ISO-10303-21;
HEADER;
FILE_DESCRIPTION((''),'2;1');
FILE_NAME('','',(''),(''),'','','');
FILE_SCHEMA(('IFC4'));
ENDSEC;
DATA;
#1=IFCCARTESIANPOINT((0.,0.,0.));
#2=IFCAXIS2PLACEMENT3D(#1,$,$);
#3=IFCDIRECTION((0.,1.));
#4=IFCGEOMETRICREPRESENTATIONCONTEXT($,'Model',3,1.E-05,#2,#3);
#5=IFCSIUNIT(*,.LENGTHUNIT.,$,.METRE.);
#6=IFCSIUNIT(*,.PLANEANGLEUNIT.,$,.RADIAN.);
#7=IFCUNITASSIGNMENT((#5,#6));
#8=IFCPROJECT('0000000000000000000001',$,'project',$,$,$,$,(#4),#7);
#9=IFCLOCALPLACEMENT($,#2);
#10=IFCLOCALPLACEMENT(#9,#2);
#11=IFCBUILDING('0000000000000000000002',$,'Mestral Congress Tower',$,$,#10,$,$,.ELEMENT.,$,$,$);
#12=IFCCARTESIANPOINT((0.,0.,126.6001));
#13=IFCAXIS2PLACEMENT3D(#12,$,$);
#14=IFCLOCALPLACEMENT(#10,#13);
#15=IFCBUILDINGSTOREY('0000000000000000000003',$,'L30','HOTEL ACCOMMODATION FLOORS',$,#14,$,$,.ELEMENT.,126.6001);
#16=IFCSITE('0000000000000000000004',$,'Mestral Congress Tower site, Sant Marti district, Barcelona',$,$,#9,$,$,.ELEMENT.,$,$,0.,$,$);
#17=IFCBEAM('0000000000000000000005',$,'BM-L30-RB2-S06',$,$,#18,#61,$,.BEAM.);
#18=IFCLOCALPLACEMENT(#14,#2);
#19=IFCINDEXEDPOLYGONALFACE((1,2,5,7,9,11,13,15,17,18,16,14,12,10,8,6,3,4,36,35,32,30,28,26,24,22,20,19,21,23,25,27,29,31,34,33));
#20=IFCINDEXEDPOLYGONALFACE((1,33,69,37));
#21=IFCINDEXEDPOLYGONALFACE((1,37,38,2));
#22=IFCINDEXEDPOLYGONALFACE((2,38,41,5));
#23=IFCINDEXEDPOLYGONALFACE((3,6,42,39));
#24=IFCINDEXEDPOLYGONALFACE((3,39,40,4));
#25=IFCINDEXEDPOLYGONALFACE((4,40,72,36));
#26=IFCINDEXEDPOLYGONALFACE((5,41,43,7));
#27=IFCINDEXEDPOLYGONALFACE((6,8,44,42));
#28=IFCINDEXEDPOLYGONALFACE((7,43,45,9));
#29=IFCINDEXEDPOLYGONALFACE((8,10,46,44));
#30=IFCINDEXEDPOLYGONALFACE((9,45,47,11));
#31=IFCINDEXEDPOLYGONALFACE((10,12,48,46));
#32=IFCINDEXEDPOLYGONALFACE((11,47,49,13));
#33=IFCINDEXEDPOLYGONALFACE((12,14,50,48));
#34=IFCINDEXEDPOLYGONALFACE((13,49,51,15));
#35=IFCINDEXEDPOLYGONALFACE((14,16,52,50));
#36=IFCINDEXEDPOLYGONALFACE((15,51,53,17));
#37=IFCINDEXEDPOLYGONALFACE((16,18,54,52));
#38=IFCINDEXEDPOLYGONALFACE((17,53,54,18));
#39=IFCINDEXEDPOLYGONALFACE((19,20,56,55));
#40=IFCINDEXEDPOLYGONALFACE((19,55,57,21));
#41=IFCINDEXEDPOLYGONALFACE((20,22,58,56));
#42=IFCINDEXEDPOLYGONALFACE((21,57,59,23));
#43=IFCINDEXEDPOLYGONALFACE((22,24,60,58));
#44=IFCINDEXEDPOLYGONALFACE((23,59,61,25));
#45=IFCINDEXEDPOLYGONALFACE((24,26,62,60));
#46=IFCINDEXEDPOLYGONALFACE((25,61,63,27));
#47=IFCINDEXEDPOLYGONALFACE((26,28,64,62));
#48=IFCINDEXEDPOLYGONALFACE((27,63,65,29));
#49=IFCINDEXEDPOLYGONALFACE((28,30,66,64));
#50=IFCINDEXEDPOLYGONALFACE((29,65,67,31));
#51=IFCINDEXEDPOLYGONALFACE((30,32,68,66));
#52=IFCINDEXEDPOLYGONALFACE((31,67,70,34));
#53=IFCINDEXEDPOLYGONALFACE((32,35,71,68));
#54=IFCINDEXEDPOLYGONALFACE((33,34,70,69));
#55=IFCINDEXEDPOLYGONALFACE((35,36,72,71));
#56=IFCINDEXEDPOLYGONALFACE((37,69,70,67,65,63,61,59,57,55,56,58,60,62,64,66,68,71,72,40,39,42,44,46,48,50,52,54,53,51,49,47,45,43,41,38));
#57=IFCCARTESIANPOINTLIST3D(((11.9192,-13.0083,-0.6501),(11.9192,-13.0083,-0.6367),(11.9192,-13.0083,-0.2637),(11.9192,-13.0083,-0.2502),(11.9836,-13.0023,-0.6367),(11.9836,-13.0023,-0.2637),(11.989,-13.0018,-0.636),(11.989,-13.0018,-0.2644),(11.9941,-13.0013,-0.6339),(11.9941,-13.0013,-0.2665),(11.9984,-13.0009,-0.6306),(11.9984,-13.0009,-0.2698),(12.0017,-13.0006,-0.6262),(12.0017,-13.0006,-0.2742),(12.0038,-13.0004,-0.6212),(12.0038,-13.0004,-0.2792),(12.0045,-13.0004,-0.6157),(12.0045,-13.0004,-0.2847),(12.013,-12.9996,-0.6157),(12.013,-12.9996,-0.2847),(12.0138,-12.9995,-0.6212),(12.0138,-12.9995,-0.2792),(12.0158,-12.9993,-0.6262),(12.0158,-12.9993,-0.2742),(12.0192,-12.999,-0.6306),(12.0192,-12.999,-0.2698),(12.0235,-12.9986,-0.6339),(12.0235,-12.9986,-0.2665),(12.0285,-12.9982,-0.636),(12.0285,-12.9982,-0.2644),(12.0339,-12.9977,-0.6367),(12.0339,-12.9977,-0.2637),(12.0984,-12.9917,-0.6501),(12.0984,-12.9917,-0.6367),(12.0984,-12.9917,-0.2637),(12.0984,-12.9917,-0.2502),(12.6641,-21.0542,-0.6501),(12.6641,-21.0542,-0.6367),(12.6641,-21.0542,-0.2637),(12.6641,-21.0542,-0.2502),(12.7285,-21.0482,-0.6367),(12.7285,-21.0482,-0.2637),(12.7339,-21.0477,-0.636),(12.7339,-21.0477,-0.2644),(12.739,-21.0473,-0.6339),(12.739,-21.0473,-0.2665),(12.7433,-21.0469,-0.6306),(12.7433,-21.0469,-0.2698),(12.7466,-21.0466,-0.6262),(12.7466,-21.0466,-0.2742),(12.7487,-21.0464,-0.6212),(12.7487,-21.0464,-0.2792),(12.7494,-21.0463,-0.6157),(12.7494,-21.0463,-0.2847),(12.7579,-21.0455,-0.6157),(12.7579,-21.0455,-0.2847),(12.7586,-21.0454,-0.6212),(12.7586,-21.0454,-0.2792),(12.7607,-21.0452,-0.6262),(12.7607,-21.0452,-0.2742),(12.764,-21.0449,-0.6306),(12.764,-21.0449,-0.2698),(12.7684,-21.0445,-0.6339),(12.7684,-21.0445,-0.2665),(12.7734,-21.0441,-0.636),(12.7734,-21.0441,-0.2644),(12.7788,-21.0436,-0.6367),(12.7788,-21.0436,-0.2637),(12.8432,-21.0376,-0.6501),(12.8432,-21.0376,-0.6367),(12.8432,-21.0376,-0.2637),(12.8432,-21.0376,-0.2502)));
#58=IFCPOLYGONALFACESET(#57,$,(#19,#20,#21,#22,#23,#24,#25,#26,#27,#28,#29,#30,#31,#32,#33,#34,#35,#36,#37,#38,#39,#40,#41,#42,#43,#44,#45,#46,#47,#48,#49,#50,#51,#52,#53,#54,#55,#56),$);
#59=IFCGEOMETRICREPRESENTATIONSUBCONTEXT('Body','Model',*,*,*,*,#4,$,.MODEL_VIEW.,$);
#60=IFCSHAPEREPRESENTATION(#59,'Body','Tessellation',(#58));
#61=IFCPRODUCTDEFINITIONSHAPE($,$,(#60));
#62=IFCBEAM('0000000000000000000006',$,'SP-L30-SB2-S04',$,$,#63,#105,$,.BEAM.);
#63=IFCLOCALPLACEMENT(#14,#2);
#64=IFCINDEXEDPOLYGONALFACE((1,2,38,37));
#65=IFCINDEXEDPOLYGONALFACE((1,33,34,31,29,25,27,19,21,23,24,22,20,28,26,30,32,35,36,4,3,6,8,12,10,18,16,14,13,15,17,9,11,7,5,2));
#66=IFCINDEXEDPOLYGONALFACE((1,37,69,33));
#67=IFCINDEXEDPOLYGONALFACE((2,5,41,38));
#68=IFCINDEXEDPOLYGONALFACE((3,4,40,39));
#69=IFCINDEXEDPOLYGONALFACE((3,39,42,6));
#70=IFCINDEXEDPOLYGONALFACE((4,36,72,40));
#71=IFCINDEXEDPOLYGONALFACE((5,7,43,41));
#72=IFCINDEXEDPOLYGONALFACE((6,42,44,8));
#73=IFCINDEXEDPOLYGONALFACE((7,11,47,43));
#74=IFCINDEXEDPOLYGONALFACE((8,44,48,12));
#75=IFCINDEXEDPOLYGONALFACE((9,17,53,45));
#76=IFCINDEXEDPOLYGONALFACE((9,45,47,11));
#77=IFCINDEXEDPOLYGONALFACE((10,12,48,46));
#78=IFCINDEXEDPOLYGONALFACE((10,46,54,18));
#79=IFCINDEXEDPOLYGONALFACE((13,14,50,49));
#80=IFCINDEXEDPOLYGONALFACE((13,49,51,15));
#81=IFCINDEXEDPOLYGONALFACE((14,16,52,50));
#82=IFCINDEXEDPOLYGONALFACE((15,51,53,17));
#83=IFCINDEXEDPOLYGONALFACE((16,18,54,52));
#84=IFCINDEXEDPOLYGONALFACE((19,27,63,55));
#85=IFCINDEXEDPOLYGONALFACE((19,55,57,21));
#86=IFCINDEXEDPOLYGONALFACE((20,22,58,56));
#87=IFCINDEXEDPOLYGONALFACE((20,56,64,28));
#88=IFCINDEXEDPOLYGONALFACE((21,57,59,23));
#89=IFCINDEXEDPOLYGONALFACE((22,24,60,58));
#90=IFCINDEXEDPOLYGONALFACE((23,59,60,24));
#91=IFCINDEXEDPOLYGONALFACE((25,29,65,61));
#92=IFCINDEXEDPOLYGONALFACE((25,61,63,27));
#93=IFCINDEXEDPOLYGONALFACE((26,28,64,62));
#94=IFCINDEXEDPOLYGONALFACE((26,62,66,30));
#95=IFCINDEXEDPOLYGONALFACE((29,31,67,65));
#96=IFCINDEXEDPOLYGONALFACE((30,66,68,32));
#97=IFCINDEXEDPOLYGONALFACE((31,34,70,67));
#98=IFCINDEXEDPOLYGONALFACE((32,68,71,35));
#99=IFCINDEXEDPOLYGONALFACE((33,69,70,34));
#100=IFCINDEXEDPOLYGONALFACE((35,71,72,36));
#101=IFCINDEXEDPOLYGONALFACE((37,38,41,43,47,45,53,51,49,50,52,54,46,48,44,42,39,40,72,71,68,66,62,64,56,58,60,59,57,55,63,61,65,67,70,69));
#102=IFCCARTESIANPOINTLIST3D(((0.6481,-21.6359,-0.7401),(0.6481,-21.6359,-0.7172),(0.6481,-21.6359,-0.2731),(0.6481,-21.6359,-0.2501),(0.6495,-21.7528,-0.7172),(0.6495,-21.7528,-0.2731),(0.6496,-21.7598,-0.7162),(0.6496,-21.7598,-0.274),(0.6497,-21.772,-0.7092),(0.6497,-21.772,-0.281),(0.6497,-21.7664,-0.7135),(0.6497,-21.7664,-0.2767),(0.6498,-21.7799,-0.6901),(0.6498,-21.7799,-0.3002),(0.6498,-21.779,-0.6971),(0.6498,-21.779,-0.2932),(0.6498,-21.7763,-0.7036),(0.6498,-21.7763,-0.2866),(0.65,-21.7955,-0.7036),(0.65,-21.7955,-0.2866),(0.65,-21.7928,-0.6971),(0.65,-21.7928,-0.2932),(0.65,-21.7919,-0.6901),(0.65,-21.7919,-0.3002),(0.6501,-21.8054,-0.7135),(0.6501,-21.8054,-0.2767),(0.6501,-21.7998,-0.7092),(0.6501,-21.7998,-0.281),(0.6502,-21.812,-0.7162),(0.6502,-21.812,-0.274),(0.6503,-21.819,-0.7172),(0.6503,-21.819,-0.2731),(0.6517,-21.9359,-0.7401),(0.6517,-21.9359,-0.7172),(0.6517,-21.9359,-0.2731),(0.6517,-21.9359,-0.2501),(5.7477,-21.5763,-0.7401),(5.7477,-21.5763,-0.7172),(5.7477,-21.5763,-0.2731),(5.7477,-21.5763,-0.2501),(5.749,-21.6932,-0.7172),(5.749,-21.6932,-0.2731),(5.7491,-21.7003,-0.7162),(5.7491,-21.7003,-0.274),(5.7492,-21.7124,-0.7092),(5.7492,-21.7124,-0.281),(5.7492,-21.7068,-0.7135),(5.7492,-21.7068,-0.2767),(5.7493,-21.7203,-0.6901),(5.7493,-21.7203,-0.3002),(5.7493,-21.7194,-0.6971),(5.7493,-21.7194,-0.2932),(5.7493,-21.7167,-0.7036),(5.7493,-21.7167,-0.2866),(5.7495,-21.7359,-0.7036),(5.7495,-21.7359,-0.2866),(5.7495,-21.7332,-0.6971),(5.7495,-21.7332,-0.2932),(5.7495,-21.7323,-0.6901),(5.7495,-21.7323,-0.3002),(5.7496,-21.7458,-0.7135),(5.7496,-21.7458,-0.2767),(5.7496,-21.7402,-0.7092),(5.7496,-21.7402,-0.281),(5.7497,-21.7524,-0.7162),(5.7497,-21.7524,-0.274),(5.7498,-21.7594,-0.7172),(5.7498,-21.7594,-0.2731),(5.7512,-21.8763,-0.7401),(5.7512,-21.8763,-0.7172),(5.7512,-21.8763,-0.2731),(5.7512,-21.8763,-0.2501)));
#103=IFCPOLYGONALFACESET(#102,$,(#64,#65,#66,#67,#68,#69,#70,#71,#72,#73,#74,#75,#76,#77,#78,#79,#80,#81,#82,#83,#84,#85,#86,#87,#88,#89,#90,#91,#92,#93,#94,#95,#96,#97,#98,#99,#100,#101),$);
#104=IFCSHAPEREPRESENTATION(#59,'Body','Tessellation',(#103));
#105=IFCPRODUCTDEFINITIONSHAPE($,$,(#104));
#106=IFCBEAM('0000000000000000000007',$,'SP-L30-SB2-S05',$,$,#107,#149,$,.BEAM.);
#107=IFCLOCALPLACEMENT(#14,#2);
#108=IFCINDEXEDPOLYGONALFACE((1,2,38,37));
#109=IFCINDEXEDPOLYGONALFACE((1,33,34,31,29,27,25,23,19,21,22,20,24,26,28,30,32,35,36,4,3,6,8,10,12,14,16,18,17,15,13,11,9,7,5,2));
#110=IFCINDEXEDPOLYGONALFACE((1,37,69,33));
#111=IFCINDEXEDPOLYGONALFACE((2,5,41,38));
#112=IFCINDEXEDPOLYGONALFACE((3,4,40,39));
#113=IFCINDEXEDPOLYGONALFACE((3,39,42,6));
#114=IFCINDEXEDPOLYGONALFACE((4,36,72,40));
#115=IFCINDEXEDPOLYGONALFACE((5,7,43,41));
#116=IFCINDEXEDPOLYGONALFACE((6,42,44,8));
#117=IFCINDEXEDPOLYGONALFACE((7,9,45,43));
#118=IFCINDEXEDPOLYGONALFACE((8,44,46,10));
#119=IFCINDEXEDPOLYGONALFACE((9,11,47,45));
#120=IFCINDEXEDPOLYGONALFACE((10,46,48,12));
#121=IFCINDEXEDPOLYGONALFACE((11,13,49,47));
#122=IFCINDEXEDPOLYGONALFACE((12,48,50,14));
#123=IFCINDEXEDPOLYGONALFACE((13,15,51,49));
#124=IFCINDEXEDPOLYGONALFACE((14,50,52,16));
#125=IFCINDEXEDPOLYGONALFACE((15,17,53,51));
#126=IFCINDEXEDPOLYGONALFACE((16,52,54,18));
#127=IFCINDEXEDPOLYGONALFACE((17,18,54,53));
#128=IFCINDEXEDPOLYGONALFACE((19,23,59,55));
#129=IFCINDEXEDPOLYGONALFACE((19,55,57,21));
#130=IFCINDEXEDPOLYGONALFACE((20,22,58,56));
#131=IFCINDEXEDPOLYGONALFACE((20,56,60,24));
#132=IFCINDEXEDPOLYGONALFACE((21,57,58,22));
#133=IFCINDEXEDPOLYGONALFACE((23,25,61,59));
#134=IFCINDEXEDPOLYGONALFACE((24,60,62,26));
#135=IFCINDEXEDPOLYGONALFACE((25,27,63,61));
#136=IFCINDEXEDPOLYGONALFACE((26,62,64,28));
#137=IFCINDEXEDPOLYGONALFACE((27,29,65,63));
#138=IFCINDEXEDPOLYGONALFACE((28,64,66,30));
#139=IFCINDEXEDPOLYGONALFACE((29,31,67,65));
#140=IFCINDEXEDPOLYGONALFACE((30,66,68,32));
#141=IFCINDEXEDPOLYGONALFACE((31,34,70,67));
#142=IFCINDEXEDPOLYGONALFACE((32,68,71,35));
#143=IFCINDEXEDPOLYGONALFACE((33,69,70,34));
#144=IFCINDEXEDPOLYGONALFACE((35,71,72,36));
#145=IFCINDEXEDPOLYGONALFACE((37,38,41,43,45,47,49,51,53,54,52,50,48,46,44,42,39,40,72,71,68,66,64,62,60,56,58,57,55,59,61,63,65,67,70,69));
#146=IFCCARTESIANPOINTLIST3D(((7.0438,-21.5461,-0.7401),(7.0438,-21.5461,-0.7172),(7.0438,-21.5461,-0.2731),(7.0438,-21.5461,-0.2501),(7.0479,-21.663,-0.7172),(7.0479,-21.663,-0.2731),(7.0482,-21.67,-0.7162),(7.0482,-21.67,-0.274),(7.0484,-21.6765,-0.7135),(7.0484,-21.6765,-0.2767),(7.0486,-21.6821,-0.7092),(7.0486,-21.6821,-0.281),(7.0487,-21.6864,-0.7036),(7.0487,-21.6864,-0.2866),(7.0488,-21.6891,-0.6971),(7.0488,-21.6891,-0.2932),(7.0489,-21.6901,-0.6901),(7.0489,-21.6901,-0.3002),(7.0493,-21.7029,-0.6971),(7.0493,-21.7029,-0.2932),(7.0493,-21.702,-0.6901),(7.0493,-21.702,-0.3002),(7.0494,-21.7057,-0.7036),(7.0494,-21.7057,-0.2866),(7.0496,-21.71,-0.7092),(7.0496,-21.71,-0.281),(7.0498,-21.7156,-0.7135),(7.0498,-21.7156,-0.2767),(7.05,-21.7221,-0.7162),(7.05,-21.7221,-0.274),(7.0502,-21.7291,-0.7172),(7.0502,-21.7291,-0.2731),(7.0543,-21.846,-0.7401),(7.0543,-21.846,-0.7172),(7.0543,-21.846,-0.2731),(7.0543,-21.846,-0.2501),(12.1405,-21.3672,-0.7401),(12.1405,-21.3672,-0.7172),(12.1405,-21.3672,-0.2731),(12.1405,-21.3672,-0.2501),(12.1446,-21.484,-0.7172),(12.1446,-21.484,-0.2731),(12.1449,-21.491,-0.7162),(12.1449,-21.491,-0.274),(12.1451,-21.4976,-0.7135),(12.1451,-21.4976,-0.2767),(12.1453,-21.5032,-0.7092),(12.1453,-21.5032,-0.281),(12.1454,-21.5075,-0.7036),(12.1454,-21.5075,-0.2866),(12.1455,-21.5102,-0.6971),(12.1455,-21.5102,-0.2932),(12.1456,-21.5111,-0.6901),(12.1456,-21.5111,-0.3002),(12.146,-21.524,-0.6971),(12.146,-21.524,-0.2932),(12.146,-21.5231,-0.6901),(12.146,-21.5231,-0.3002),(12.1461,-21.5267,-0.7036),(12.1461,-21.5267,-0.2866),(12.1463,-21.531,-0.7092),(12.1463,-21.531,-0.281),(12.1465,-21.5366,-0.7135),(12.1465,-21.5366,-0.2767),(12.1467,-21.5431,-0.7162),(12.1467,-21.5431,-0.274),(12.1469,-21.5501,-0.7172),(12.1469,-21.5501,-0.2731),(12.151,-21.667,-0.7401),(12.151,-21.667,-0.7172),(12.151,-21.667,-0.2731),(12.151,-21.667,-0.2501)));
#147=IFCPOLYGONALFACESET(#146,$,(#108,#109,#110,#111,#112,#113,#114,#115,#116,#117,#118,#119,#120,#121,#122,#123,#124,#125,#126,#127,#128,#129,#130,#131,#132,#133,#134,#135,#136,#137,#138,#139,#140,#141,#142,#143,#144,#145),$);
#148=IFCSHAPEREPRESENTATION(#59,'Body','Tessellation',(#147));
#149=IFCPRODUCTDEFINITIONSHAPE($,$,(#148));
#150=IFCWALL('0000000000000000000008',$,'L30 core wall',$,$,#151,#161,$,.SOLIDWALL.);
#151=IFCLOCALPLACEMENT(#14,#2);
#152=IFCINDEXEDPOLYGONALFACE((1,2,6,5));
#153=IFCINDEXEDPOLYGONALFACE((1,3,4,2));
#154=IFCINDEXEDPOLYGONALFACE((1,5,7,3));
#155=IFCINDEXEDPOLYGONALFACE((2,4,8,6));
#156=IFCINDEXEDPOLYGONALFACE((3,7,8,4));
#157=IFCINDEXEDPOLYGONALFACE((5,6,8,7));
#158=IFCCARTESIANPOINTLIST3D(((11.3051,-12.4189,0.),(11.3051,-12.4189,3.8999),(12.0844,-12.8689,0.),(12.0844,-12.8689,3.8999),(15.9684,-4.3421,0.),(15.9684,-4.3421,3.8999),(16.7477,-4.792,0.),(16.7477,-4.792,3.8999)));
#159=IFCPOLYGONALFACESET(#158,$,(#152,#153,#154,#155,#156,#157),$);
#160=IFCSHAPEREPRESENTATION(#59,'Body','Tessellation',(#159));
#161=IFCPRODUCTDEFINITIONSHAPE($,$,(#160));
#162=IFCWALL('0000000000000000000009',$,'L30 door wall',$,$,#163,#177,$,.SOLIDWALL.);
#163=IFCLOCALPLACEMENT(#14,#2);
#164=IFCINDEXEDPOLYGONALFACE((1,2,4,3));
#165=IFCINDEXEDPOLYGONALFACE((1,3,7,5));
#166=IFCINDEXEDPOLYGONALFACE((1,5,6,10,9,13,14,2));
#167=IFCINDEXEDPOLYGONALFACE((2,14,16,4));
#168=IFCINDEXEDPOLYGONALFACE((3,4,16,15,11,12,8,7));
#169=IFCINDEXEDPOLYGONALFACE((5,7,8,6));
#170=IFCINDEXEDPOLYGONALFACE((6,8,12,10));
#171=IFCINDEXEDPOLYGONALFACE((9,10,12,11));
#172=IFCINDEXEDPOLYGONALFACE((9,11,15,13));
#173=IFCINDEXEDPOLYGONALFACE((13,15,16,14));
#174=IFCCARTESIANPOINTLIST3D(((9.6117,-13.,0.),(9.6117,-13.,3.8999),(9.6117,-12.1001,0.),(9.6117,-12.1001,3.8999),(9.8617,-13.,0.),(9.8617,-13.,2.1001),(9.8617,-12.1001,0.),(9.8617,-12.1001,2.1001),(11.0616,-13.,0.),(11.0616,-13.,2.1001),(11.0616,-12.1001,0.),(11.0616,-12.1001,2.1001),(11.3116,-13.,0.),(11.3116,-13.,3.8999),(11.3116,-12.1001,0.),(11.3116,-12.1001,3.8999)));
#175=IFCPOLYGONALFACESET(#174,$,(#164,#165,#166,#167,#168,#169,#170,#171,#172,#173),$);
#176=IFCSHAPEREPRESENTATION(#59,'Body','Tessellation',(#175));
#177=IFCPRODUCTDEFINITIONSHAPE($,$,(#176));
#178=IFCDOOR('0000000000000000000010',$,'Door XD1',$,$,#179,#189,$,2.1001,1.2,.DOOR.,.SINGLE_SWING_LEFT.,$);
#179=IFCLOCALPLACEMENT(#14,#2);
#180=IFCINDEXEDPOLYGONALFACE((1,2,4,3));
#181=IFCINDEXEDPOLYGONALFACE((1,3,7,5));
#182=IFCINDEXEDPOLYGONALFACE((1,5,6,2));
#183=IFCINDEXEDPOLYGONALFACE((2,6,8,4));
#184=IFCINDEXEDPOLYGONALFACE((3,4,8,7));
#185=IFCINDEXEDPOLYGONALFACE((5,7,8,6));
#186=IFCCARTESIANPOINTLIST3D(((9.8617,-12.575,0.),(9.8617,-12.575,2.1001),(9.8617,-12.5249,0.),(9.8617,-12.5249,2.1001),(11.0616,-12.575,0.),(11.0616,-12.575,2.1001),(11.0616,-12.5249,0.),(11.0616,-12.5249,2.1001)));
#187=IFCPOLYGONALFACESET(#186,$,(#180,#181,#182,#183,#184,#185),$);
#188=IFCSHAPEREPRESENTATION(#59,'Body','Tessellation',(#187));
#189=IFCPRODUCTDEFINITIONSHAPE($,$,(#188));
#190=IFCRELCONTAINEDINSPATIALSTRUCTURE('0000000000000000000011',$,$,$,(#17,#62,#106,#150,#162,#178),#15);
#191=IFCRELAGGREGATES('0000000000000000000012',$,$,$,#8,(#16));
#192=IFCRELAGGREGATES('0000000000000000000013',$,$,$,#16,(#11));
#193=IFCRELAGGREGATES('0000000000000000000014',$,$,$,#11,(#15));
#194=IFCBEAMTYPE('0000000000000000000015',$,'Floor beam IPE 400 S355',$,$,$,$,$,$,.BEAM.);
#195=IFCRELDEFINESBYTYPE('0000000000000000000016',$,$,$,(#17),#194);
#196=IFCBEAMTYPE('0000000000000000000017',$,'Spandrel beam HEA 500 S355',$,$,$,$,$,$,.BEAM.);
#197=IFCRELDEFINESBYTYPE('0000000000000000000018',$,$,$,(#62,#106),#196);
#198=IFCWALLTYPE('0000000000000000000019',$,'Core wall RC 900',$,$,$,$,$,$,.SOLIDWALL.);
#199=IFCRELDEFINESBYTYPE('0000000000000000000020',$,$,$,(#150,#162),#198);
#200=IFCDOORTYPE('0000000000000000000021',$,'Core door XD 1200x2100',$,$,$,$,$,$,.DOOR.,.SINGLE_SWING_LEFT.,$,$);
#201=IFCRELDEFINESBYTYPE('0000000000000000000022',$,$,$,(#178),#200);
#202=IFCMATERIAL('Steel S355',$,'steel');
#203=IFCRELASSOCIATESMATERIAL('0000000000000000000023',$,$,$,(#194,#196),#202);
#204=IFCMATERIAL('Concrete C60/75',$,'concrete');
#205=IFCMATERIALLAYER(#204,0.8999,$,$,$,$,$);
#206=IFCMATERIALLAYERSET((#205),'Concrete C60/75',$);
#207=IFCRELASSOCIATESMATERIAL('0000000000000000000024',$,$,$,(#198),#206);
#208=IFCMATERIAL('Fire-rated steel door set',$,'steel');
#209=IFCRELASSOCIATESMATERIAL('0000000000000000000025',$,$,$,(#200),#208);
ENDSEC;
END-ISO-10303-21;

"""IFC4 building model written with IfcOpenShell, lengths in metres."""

from ifc_helpers import new_model, si_unit, direction, frame, frame_2d, origin, origin_2d, place, context, subcontext, project, spatial, rectangle, i_section, extrude, material, layer, layer_set, material_profile, profile_set, type_object, element, fill, save


model = new_model("IFC4")

# Units and contexts
model_context = context("Model", 3, precision=1e-05, world=origin(), true_north=direction((0.0, 1.0)))
body_context = subcontext(model_context, "Body", "Model", "MODEL_VIEW")
ifc_project = project(units=[si_unit("LENGTHUNIT", "METRE"), si_unit("PLANEANGLEUNIT", "RADIAN")], contexts=[model_context])

# Site, building, storey
site_placement = place(None, origin())
site = spatial("IfcSite", under=ifc_project, at=site_placement, Name="Mestral Congress Tower site, Sant Marti district, Barcelona", CompositionType="ELEMENT", RefElevation=0.0)
building_placement = place(site_placement, origin())
building = spatial("IfcBuilding", under=site, at=building_placement, Name="Mestral Congress Tower", CompositionType="ELEMENT")
storey_placement = place(building_placement, frame((0.0, 0.0, 126.6001)))
storey = spatial("IfcBuildingStorey", under=building, at=storey_placement, Name="L30", Description="HOTEL ACCOMMODATION FLOORS", CompositionType="ELEMENT", Elevation=126.6001)

# Beams
ifc_material_1 = material(Name="Steel S355", Category="steel")
ifc_material_profile_1 = material_profile(ifc_material_1, i_section(OverallWidth=0.1799, OverallDepth=0.3999, WebThickness=0.0085, FlangeThickness=0.0134, FilletRadius=0.021, at=origin_2d()), Name="IPE 400")
ifc_profile_set_1 = profile_set([ifc_material_profile_1], Name="Steel S355")
beam_type_1 = type_object("IfcBeamType", Name="Floor beam IPE 400 S355", PredefinedType="BEAM", material=ifc_profile_set_1)
beam_1_placement = place(storey_placement, frame((12.7537, -21.0459, -0.4502), z_axis=(-0.092184, 0.995742, 0.0), x_axis=(-0.995742, -0.092184, 0.0)))
element("IfcBeam", 1, at=beam_1_placement, inside=storey, type_object=beam_type_1, Name="BM-L30-RB2-S06", PredefinedType="BEAM", context=body_context, shape_type="SweptSolid", body=[
    extrude(i_section(OverallWidth=0.1799, OverallDepth=0.3999, WebThickness=0.0085, FlangeThickness=0.0134, FilletRadius=0.021, at=origin_2d()), origin(), (0.0, 0.0, 1.0), 8.0803),
])
ifc_material_profile_2 = material_profile(ifc_material_1, i_section(OverallWidth=0.3, OverallDepth=0.49, WebThickness=0.012, FlangeThickness=0.0229, FilletRadius=0.0271, at=origin_2d()), Name="HEA 500")
ifc_profile_set_2 = profile_set([ifc_material_profile_2], Name="Steel S355")
beam_type_2 = type_object("IfcBeamType", Name="Spandrel beam HEA 500 S355", PredefinedType="BEAM", material=ifc_profile_set_2)
for number, where, z_axis, x_axis, name in (
    (2, (0.6499, -21.7859, -0.4951), (0.999932, 0.011681, 0.0), (-0.011681, 0.999932, 0.0), "SP-L30-SB2-S04"),
    (3, (7.0491, -21.696, -0.4951), (0.999384, 0.03509, 0.0), (-0.03509, 0.999384, 0.0), "SP-L30-SB2-S05"),
):
    element("IfcBeam", number, at=place(storey_placement, frame(where, z_axis=z_axis, x_axis=x_axis)), inside=storey, type_object=beam_type_2, Name=name, PredefinedType="BEAM", context=body_context, shape_type="SweptSolid", body=[
        extrude(i_section(OverallWidth=0.3, OverallDepth=0.49, WebThickness=0.012, FlangeThickness=0.0229, FilletRadius=0.0271, at=origin_2d()), origin(), (0.0, 0.0, 1.0), 5.0999),
    ])

# Wall
ifc_material_2 = material(Name="Concrete C60/75", Category="concrete")
ifc_layer_1 = layer(ifc_material_2, 0.8999)
ifc_layer_set_1 = layer_set([ifc_layer_1], Name="Concrete C60/75")
wall_type_1 = type_object("IfcWallType", Name="Core wall RC 900", PredefinedType="SOLIDWALL", material=ifc_layer_set_1)
wall_1_placement = place(storey_placement, frame((11.6948, -12.6438, 0.0), z_axis=(0.0, 0.0, 1.0), x_axis=(0.50001, 0.866019, 0.0)))
element("IfcWall", 4, at=wall_1_placement, inside=storey, type_object=wall_type_1, Name="L30 core wall", PredefinedType="SOLIDWALL", context=body_context, shape_type="SweptSolid", body=[
    extrude(rectangle(XDim=9.3264, YDim=0.8999, at=frame_2d((4.6631, 0.0))), origin(), (0.0, 0.0, 1.0), 3.8999),
])

# Wall, opening, door
wall_2_placement = place(storey_placement, frame((11.3118, -12.55, 0.0), z_axis=(0.0, 0.0, 1.0), x_axis=(-1.0, 0.0, 0.0)))
wall_2 = element("IfcWall", 5, at=wall_2_placement, inside=storey, type_object=wall_type_1, Name="L30 door wall", PredefinedType="SOLIDWALL", context=body_context, shape_type="SweptSolid", body=[
    extrude(rectangle(XDim=1.7, YDim=0.8999, at=frame_2d((0.8501, 0.0))), origin(), (0.0, 0.0, 1.0), 3.8999),
])
opening_1_placement = place(wall_2_placement, frame((0.25, 0.0, 0.0)))
opening_1 = element("IfcOpeningElement", 6, at=opening_1_placement, cuts=wall_2, PredefinedType="OPENING", context=body_context, shape_type="SweptSolid", body=[
    extrude(rectangle(XDim=1.2, YDim=2.1001, at=frame_2d((0.6001, 1.05))), frame((0.0, 0.46, 0.0), z_axis=(0.0, -1.0, 0.0), x_axis=(1.0, 0.0, 0.0)), (0.0, 0.0, 1.0), 0.9199),
])
ifc_material_3 = material(Name="Fire-rated steel door set", Category="steel")
door_type_1 = type_object("IfcDoorType", Name="Core door XD 1200x2100", OperationType="SINGLE_SWING_LEFT", PredefinedType="DOOR", material=ifc_material_3)
door_1_placement = place(opening_1_placement, origin())
door_1 = element("IfcDoor", 7, at=door_1_placement, inside=storey, type_object=door_type_1, Name="Door XD1", OperationType="SINGLE_SWING_LEFT", OverallHeight=2.1001, OverallWidth=1.2, PredefinedType="DOOR", context=body_context, shape_type="SweptSolid", body=[
    extrude(rectangle(XDim=1.2, YDim=2.1001, at=frame_2d((0.6001, 1.05))), frame((0.0, 0.0249, 0.0), z_axis=(0.0, -1.0, 0.0), x_axis=(1.0, 0.0, 0.0)), (0.0, 0.0, 1.0), 0.05),
])
fill(opening_1, door_1)

save(model, "model.ifc")
